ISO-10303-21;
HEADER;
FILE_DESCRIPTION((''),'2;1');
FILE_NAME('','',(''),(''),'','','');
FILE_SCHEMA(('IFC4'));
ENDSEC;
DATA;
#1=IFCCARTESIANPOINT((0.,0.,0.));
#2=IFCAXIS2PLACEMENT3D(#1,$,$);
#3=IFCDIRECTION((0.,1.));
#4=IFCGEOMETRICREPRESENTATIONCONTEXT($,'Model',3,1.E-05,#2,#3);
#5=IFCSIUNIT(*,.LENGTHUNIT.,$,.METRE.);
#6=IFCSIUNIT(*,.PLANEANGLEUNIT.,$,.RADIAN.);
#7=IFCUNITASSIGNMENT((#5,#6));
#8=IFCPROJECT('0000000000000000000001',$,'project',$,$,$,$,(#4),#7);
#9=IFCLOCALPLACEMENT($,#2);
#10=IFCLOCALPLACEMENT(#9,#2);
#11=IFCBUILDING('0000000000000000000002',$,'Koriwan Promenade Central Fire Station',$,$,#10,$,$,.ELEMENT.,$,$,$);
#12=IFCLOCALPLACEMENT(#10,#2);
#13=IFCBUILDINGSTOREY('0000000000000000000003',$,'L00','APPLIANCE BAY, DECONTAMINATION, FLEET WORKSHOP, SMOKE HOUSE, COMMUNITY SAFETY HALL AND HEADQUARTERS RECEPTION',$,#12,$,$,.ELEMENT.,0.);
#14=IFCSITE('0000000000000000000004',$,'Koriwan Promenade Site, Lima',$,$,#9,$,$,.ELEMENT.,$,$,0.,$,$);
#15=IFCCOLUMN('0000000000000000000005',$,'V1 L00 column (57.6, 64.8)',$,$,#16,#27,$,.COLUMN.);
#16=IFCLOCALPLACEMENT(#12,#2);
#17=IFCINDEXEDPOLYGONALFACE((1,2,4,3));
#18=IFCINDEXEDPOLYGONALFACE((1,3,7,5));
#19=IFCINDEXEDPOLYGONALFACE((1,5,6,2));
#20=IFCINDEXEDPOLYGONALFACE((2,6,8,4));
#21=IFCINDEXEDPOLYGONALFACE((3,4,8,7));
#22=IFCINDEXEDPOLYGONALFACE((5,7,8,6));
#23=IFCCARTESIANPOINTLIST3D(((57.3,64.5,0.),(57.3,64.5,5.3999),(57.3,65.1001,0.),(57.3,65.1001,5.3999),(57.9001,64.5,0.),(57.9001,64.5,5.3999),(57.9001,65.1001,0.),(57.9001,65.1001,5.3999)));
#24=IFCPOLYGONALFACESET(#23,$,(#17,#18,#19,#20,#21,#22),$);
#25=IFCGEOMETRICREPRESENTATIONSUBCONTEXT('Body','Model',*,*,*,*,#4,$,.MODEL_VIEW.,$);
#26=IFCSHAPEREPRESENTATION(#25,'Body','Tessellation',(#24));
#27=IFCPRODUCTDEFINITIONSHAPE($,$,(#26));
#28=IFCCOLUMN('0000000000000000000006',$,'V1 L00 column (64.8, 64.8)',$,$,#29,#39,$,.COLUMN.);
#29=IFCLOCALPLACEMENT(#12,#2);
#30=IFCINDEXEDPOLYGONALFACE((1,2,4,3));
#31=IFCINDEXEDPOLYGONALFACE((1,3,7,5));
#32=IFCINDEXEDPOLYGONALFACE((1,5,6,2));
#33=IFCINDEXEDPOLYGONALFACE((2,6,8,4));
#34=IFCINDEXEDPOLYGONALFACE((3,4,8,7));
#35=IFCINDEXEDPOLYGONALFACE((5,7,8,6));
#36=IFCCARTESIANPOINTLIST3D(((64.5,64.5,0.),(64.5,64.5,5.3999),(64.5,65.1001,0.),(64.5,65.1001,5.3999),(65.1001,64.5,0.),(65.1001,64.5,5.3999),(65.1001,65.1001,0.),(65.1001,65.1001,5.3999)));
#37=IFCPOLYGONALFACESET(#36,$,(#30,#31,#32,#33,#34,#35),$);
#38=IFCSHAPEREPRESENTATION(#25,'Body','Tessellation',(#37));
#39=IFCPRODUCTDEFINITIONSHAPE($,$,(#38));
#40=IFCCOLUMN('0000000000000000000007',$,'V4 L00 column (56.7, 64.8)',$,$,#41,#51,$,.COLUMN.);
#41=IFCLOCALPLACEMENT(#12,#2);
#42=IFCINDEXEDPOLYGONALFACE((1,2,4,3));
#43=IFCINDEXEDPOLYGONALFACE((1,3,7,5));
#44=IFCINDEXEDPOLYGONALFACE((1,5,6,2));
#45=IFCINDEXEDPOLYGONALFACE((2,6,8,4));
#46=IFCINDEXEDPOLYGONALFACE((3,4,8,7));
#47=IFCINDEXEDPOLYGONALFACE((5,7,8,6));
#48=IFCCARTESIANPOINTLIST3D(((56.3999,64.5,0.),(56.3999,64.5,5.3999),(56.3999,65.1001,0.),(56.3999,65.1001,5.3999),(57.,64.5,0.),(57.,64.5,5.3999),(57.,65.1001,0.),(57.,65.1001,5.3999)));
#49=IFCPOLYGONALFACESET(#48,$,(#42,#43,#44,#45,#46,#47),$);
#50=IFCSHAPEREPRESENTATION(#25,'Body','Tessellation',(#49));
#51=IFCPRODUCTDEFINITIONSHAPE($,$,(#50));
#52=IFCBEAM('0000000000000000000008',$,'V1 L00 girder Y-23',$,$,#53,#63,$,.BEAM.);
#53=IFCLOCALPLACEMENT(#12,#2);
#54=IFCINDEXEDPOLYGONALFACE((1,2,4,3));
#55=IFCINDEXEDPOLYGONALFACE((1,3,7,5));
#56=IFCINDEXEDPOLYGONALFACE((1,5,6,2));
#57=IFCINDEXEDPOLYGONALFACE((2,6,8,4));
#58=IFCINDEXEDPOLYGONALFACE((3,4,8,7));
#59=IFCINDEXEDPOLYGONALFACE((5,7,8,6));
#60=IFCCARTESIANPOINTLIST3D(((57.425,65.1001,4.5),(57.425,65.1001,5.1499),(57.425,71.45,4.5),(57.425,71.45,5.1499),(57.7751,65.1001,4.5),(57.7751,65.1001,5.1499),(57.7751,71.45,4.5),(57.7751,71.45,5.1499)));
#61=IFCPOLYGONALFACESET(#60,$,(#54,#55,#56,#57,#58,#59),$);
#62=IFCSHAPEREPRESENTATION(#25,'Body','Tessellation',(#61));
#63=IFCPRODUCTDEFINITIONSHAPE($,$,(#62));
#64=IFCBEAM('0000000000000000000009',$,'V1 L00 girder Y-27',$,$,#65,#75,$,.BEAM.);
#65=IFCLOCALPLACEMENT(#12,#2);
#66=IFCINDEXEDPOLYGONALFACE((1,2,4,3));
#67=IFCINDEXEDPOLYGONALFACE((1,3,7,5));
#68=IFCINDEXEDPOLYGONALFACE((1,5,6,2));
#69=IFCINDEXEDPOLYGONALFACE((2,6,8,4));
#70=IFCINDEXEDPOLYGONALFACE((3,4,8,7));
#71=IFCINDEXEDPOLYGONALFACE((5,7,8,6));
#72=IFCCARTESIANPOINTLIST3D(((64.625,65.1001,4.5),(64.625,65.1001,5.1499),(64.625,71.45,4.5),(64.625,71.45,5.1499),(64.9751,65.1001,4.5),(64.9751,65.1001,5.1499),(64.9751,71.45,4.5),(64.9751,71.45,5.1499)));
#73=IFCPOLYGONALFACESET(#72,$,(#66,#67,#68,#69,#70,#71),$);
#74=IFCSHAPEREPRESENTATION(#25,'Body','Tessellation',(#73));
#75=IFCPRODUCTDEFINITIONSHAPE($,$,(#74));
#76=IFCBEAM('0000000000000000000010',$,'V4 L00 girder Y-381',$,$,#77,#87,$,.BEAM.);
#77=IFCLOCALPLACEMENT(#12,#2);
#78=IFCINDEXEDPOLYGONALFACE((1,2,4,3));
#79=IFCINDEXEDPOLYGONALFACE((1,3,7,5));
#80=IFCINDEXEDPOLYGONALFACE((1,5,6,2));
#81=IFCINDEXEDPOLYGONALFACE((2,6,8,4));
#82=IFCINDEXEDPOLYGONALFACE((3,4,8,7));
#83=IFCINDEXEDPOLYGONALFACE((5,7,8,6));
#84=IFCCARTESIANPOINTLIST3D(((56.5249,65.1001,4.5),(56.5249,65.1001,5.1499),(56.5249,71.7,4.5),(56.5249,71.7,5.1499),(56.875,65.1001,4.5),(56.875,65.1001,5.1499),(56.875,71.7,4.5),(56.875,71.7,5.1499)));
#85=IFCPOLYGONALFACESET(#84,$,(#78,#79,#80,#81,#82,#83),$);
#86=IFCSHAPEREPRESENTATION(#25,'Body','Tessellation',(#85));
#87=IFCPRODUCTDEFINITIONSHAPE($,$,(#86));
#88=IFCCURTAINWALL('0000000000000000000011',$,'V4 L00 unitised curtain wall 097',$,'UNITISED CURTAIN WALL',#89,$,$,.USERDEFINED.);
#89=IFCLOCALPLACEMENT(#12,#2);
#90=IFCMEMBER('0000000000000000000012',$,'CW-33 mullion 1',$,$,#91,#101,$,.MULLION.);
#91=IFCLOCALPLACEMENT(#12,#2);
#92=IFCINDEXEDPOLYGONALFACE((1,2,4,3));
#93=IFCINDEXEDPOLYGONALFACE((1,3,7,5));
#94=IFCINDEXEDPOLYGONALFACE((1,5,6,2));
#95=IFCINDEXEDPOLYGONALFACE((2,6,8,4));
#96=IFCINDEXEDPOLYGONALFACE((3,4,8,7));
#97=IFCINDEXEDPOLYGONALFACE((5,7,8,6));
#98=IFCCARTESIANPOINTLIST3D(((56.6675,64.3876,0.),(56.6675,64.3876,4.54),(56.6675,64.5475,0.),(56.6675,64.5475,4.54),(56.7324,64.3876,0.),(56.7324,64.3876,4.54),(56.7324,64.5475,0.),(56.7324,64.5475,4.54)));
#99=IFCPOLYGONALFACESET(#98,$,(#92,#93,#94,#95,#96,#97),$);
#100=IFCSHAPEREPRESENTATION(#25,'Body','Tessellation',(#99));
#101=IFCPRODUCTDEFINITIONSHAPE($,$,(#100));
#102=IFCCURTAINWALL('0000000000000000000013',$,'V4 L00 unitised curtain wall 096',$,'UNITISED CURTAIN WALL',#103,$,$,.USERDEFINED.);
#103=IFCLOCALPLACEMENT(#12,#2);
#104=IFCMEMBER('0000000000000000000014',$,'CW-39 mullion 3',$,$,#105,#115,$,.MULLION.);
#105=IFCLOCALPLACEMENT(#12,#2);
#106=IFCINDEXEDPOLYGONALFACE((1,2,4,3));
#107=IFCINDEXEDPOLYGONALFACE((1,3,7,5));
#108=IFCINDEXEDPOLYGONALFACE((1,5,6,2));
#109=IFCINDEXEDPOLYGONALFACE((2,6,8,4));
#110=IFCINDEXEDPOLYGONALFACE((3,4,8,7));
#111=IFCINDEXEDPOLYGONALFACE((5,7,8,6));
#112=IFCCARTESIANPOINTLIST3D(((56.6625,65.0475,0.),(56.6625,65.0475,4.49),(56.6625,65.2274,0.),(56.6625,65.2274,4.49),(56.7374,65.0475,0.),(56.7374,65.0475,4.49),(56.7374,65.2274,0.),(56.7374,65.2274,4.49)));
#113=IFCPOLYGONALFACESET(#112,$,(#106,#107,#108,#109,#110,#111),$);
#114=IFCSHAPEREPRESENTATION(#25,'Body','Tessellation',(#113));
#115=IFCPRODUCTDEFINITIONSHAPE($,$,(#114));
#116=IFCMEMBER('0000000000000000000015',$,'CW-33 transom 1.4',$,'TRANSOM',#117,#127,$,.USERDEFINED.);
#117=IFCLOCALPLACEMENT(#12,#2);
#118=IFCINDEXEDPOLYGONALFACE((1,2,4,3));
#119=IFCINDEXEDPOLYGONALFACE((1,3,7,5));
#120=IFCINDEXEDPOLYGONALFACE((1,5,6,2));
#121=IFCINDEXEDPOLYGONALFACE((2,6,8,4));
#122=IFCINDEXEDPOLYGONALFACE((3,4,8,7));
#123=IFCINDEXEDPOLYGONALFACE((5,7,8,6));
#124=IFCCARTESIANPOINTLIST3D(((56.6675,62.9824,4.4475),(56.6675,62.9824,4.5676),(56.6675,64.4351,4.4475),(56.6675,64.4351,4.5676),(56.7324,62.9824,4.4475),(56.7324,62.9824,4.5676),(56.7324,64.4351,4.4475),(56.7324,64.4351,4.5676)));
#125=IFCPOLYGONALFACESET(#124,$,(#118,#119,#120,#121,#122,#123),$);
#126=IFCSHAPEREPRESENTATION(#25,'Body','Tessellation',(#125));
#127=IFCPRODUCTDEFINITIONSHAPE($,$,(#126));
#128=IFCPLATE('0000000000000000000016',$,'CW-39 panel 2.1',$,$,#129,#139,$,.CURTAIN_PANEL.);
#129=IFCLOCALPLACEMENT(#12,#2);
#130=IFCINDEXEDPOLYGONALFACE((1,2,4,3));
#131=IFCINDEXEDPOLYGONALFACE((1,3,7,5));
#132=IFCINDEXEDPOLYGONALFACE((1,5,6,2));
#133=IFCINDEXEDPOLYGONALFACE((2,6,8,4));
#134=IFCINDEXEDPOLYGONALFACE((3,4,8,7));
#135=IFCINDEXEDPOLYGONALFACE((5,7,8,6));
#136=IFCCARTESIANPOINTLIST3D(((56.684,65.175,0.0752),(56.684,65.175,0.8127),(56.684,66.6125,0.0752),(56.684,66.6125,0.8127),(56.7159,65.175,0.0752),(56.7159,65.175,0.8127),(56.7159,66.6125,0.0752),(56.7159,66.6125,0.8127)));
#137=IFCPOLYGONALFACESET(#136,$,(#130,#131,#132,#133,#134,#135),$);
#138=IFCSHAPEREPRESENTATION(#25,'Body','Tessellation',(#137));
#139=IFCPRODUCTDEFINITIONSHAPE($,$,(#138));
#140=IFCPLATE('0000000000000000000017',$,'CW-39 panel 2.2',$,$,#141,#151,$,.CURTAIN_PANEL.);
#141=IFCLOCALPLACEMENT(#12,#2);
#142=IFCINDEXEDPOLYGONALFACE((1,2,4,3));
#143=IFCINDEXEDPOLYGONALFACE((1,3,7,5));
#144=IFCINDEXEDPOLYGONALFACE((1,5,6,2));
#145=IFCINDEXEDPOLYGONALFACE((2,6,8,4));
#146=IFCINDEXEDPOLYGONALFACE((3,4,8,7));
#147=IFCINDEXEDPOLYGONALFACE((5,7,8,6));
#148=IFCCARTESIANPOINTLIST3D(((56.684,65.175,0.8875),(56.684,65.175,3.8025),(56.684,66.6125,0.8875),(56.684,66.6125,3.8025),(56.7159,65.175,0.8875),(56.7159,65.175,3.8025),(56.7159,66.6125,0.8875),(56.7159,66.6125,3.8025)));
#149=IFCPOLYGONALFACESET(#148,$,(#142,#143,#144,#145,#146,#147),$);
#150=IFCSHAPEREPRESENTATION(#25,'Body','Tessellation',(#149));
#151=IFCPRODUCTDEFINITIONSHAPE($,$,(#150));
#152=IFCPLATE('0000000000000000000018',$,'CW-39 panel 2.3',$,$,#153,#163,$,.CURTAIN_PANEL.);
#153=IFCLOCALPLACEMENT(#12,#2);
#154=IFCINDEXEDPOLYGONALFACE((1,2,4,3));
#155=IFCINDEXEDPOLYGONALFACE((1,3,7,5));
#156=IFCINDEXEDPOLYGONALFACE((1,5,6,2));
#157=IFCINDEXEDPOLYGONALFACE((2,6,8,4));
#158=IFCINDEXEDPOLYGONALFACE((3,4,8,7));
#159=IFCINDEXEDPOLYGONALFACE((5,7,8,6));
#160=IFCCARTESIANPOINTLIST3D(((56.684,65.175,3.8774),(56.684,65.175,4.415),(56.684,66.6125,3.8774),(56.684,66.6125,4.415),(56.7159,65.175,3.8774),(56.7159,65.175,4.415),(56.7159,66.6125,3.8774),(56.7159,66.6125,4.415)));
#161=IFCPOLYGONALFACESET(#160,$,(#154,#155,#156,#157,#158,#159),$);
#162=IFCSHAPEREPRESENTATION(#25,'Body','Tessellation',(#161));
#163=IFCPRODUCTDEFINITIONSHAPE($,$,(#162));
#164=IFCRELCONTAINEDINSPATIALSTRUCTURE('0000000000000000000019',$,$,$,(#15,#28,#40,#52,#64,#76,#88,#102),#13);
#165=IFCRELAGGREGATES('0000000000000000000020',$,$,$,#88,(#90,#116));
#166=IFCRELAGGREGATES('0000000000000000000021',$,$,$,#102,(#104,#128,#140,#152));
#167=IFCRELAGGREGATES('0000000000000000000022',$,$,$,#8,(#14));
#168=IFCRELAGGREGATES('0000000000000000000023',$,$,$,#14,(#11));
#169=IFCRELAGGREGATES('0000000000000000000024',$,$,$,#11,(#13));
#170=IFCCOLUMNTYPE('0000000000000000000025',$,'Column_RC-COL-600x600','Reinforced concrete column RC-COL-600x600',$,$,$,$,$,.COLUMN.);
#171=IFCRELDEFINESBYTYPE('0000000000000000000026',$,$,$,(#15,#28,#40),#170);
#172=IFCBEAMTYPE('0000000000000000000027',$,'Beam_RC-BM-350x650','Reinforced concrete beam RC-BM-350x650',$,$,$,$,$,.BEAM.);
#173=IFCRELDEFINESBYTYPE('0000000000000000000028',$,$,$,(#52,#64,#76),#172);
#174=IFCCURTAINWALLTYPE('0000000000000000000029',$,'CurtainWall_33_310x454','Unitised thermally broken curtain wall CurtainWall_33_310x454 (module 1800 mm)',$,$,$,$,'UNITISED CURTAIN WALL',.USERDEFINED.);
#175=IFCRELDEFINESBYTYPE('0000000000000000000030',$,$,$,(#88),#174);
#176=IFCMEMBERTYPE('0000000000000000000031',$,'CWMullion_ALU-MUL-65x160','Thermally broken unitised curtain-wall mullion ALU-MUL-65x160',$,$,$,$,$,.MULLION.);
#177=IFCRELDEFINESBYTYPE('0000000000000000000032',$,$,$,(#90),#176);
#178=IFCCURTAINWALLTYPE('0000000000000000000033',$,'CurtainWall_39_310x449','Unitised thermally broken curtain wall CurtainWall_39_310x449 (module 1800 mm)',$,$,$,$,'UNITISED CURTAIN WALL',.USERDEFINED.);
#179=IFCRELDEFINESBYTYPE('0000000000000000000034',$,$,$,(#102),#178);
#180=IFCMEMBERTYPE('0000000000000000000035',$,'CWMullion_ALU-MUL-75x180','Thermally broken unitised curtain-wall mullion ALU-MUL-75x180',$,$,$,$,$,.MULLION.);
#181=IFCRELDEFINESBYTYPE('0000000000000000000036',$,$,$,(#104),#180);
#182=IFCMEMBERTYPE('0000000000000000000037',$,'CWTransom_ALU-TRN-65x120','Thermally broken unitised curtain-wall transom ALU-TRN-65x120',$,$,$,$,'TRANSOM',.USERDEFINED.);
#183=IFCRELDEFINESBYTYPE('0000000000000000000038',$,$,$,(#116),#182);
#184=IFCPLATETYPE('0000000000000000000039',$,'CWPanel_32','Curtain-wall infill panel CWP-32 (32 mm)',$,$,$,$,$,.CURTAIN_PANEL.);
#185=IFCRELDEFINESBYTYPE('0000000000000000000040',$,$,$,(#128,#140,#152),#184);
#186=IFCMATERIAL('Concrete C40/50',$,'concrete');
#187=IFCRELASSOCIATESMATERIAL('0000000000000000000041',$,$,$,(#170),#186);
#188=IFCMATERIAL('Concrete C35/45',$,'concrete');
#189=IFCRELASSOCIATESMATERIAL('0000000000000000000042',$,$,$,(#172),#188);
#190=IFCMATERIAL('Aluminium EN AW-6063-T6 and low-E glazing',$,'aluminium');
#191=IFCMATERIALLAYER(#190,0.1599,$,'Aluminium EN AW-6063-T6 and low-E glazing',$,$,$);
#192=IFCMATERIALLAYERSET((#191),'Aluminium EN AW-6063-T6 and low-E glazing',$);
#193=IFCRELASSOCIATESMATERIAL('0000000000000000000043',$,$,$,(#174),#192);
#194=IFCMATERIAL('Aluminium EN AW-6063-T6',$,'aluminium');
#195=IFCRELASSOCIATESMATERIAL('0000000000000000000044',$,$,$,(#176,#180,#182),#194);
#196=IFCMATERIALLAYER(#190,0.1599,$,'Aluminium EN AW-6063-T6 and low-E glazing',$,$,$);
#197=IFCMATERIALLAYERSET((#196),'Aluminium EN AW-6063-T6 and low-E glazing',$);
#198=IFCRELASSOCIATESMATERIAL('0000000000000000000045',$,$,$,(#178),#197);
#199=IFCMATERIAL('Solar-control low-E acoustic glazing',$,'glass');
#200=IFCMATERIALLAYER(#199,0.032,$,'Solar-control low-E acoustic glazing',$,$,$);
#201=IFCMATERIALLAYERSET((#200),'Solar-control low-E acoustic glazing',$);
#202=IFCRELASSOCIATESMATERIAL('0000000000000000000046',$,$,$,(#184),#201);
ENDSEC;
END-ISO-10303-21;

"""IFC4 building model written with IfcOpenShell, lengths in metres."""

from ifc_helpers import new_model, si_unit, direction, frame, origin, origin_2d, place, context, subcontext, project, spatial, rectangle, extrude, material, layer, layer_set, material_profile, profile_set, type_object, element, aggregate, save


model = new_model("IFC4")

# Units and contexts
model_context = context("Model", 3, precision=1e-05, world=origin(), true_north=direction((0.0, 1.0)))
body_context = subcontext(model_context, "Body", "Model", "MODEL_VIEW")
ifc_project = project(units=[si_unit("LENGTHUNIT", "METRE"), si_unit("PLANEANGLEUNIT", "RADIAN")], contexts=[model_context])

# Site, building, storey
site_placement = place(None, origin())
site = spatial("IfcSite", under=ifc_project, at=site_placement, Name="Koriwan Promenade Site, Lima", CompositionType="ELEMENT", RefElevation=0.0)
building_placement = place(site_placement, origin())
building = spatial("IfcBuilding", under=site, at=building_placement, Name="Koriwan Promenade Central Fire Station", CompositionType="ELEMENT")
storey_placement = place(building_placement, origin())
storey = spatial("IfcBuildingStorey", under=building, at=storey_placement, Name="L00", Description="APPLIANCE BAY, DECONTAMINATION, FLEET WORKSHOP, SMOKE HOUSE, COMMUNITY SAFETY HALL AND HEADQUARTERS RECEPTION", CompositionType="ELEMENT", Elevation=0.0)

# Shared definitions
ifc_material_1 = material(Name="Concrete C35/45", Category="concrete")

# Columns
ifc_material_2 = material(Name="Concrete C40/50", Category="concrete")
ifc_material_profile_1 = material_profile(ifc_material_2, rectangle(XDim=0.6001, YDim=0.6001, at=origin_2d()), Name="RC-COL-600x600")
ifc_profile_set_1 = profile_set([ifc_material_profile_1], Name="Concrete C40/50")
column_type = type_object("IfcColumnType", Name="Column_RC-COL-600x600", Description="Reinforced concrete column RC-COL-600x600", PredefinedType="COLUMN", material=ifc_profile_set_1)
for number, where, z_axis, x_axis, name in (
    (1, (57.6001, 64.8, 0.0), (0.0, 0.0, 1.0), (1.0, 0.0, 0.0), "V1 L00 column (57.6, 64.8)"),
    (2, (64.8, 64.8, 0.0), (0.0, 0.0, 1.0), (1.0, 0.0, 0.0), "V1 L00 column (64.8, 64.8)"),
    (3, (56.7, 64.8, 0.0), (0.0, 0.0, 1.0), (1.0, 0.0, 0.0), "V4 L00 column (56.7, 64.8)"),
):
    element("IfcColumn", number, at=place(storey_placement, frame(where, z_axis=z_axis, x_axis=x_axis)), inside=storey, type_object=column_type, Name=name, PredefinedType="COLUMN", context=body_context, shape_type="SweptSolid", body=[
        extrude(rectangle(XDim=0.6001, YDim=0.6001, at=origin_2d()), origin(), (0.0, 0.0, 1.0), 5.3999),
    ])

# Beams
ifc_material_profile_2 = material_profile(ifc_material_1, rectangle(XDim=0.3501, YDim=0.6499, at=origin_2d()), Name="RC-BM-350x650")
ifc_profile_set_2 = profile_set([ifc_material_profile_2], Name="Concrete C35/45")
beam_type = type_object("IfcBeamType", Name="Beam_RC-BM-350x650", Description="Reinforced concrete beam RC-BM-350x650", PredefinedType="BEAM", material=ifc_profile_set_2)
for number, where, z_axis, x_axis, name in (
    (4, (57.6001, 65.1001, 4.825), (0.0, 1.0, 0.0), (-1.0, 0.0, 0.0), "V1 L00 girder Y-23"),
    (5, (64.8, 65.1001, 4.825), (0.0, 1.0, 0.0), (-1.0, 0.0, 0.0), "V1 L00 girder Y-27"),
):
    element("IfcBeam", number, at=place(storey_placement, frame(where, z_axis=z_axis, x_axis=x_axis)), inside=storey, type_object=beam_type, Name=name, PredefinedType="BEAM", context=body_context, shape_type="SweptSolid", body=[
        extrude(rectangle(XDim=0.3501, YDim=0.6499, at=origin_2d()), origin(), (0.0, 0.0, 1.0), 6.3499),
    ])
beam_placement = place(storey_placement, frame((56.7, 65.1001, 4.825), z_axis=(0.0, 1.0, 0.0), x_axis=(-1.0, 0.0, 0.0)))
element("IfcBeam", 6, at=beam_placement, inside=storey, type_object=beam_type, Name="V4 L00 girder Y-381", PredefinedType="BEAM", context=body_context, shape_type="SweptSolid", body=[
    extrude(rectangle(XDim=0.3501, YDim=0.6499, at=origin_2d()), origin(), (0.0, 0.0, 1.0), 6.5999),
])

# Curtain walls, members
ifc_material_3 = material(Name="Aluminium EN AW-6063-T6 and low-E glazing", Category="aluminium")
ifc_layer_1 = layer(ifc_material_3, 0.1599, Name="Aluminium EN AW-6063-T6 and low-E glazing")
ifc_layer_set_1 = layer_set([ifc_layer_1], Name="Aluminium EN AW-6063-T6 and low-E glazing")
curtain_wall_type_1 = type_object("IfcCurtainWallType", Name="CurtainWall_33_310x454", Description="Unitised thermally broken curtain wall CurtainWall_33_310x454 (module 1800 mm)", ElementType="UNITISED CURTAIN WALL", PredefinedType="USERDEFINED", material=ifc_layer_set_1)
curtain_wall_1_placement = place(storey_placement, origin())
curtain_wall_1 = element("IfcCurtainWall", 7, at=curtain_wall_1_placement, inside=storey, type_object=curtain_wall_type_1, Name="V4 L00 unitised curtain wall 097", ObjectType="UNITISED CURTAIN WALL", PredefinedType="USERDEFINED")
ifc_material_4 = material(Name="Aluminium EN AW-6063-T6", Category="aluminium")
ifc_material_profile_3 = material_profile(ifc_material_4, rectangle(XDim=0.0649, YDim=0.1599, at=origin_2d()), Name="ALU-MUL-65x160")
ifc_profile_set_3 = profile_set([ifc_material_profile_3], Name="Aluminium EN AW-6063-T6")
member_type_1 = type_object("IfcMemberType", Name="CWMullion_ALU-MUL-65x160", Description="Thermally broken unitised curtain-wall mullion ALU-MUL-65x160", PredefinedType="MULLION", material=ifc_profile_set_3)
member_1_placement = place(storey_placement, frame((56.7, 64.4675, 0.0), z_axis=(0.0, 0.0, 1.0), x_axis=(1.0, 0.0, 0.0)))
member_1 = element("IfcMember", 8, at=member_1_placement, type_object=member_type_1, Name="CW-33 mullion 1", PredefinedType="MULLION", context=body_context, shape_type="SweptSolid", body=[
    extrude(rectangle(XDim=0.0649, YDim=0.1599, at=origin_2d()), origin(), (0.0, 0.0, 1.0), 4.54),
])
ifc_layer_2 = layer(ifc_material_3, 0.1599, Name="Aluminium EN AW-6063-T6 and low-E glazing")
ifc_layer_set_2 = layer_set([ifc_layer_2], Name="Aluminium EN AW-6063-T6 and low-E glazing")
curtain_wall_type_2 = type_object("IfcCurtainWallType", Name="CurtainWall_39_310x449", Description="Unitised thermally broken curtain wall CurtainWall_39_310x449 (module 1800 mm)", ElementType="UNITISED CURTAIN WALL", PredefinedType="USERDEFINED", material=ifc_layer_set_2)
curtain_wall_2_placement = place(storey_placement, origin())
curtain_wall_2 = element("IfcCurtainWall", 9, at=curtain_wall_2_placement, inside=storey, type_object=curtain_wall_type_2, Name="V4 L00 unitised curtain wall 096", ObjectType="UNITISED CURTAIN WALL", PredefinedType="USERDEFINED")
ifc_material_profile_4 = material_profile(ifc_material_4, rectangle(XDim=0.075, YDim=0.1799, at=origin_2d()), Name="ALU-MUL-75x180")
ifc_profile_set_4 = profile_set([ifc_material_profile_4], Name="Aluminium EN AW-6063-T6")
member_type_2 = type_object("IfcMemberType", Name="CWMullion_ALU-MUL-75x180", Description="Thermally broken unitised curtain-wall mullion ALU-MUL-75x180", PredefinedType="MULLION", material=ifc_profile_set_4)
member_2_placement = place(storey_placement, frame((56.7, 65.1375, 0.0), z_axis=(0.0, 0.0, 1.0), x_axis=(1.0, 0.0, 0.0)))
member_2 = element("IfcMember", 10, at=member_2_placement, type_object=member_type_2, Name="CW-39 mullion 3", PredefinedType="MULLION", context=body_context, shape_type="SweptSolid", body=[
    extrude(rectangle(XDim=0.075, YDim=0.1799, at=origin_2d()), origin(), (0.0, 0.0, 1.0), 4.49),
])

# Member
ifc_material_profile_5 = material_profile(ifc_material_4, rectangle(XDim=0.0649, YDim=0.1201, at=origin_2d()), Name="ALU-TRN-65x120")
ifc_profile_set_5 = profile_set([ifc_material_profile_5], Name="Aluminium EN AW-6063-T6")
member_type_3 = type_object("IfcMemberType", Name="CWTransom_ALU-TRN-65x120", Description="Thermally broken unitised curtain-wall transom ALU-TRN-65x120", ElementType="TRANSOM", PredefinedType="USERDEFINED", material=ifc_profile_set_5)
member_3_placement = place(storey_placement, frame((56.7, 64.4351, 4.5076), z_axis=(0.0, -1.0, 0.0), x_axis=(1.0, 0.0, 0.0)))
member_3 = element("IfcMember", 11, at=member_3_placement, type_object=member_type_3, Name="CW-33 transom 1.4", ObjectType="TRANSOM", PredefinedType="USERDEFINED", context=body_context, shape_type="SweptSolid", body=[
    extrude(rectangle(XDim=0.0649, YDim=0.1201, at=origin_2d()), origin(), (0.0, 0.0, 1.0), 1.4526),
])
aggregate(curtain_wall_1, [member_1, member_3])

# Plates
ifc_material_5 = material(Name="Solar-control low-E acoustic glazing", Category="glass")
ifc_layer_3 = layer(ifc_material_5, 0.032, Name="Solar-control low-E acoustic glazing")
ifc_layer_set_3 = layer_set([ifc_layer_3], Name="Solar-control low-E acoustic glazing")
plate_type = type_object("IfcPlateType", Name="CWPanel_32", Description="Curtain-wall infill panel CWP-32 (32 mm)", PredefinedType="CURTAIN_PANEL", material=ifc_layer_set_3)
plate_1_placement = place(storey_placement, frame((56.7, 65.8938, 0.0752), z_axis=(0.0, 0.0, 1.0), x_axis=(0.0, -1.0, 0.0)))
plate_1 = element("IfcPlate", 12, at=plate_1_placement, type_object=plate_type, Name="CW-39 panel 2.1", PredefinedType="CURTAIN_PANEL", context=body_context, shape_type="SweptSolid", body=[
    extrude(rectangle(XDim=1.4375, YDim=0.032, at=origin_2d()), origin(), (0.0, 0.0, 1.0), 0.7375),
])
plate_2_placement = place(storey_placement, frame((56.7, 65.8938, 0.8875), z_axis=(0.0, 0.0, 1.0), x_axis=(0.0, -1.0, 0.0)))
plate_2 = element("IfcPlate", 13, at=plate_2_placement, type_object=plate_type, Name="CW-39 panel 2.2", PredefinedType="CURTAIN_PANEL", context=body_context, shape_type="SweptSolid", body=[
    extrude(rectangle(XDim=1.4375, YDim=0.032, at=origin_2d()), origin(), (0.0, 0.0, 1.0), 2.915),
])
plate_3_placement = place(storey_placement, frame((56.7, 65.8938, 3.8774), z_axis=(0.0, 0.0, 1.0), x_axis=(0.0, -1.0, 0.0)))
plate_3 = element("IfcPlate", 14, at=plate_3_placement, type_object=plate_type, Name="CW-39 panel 2.3", PredefinedType="CURTAIN_PANEL", context=body_context, shape_type="SweptSolid", body=[
    extrude(rectangle(XDim=1.4375, YDim=0.032, at=origin_2d()), origin(), (0.0, 0.0, 1.0), 0.5376),
])
aggregate(curtain_wall_2, [member_2, plate_1, plate_2, plate_3])

save(model, "model.ifc")
